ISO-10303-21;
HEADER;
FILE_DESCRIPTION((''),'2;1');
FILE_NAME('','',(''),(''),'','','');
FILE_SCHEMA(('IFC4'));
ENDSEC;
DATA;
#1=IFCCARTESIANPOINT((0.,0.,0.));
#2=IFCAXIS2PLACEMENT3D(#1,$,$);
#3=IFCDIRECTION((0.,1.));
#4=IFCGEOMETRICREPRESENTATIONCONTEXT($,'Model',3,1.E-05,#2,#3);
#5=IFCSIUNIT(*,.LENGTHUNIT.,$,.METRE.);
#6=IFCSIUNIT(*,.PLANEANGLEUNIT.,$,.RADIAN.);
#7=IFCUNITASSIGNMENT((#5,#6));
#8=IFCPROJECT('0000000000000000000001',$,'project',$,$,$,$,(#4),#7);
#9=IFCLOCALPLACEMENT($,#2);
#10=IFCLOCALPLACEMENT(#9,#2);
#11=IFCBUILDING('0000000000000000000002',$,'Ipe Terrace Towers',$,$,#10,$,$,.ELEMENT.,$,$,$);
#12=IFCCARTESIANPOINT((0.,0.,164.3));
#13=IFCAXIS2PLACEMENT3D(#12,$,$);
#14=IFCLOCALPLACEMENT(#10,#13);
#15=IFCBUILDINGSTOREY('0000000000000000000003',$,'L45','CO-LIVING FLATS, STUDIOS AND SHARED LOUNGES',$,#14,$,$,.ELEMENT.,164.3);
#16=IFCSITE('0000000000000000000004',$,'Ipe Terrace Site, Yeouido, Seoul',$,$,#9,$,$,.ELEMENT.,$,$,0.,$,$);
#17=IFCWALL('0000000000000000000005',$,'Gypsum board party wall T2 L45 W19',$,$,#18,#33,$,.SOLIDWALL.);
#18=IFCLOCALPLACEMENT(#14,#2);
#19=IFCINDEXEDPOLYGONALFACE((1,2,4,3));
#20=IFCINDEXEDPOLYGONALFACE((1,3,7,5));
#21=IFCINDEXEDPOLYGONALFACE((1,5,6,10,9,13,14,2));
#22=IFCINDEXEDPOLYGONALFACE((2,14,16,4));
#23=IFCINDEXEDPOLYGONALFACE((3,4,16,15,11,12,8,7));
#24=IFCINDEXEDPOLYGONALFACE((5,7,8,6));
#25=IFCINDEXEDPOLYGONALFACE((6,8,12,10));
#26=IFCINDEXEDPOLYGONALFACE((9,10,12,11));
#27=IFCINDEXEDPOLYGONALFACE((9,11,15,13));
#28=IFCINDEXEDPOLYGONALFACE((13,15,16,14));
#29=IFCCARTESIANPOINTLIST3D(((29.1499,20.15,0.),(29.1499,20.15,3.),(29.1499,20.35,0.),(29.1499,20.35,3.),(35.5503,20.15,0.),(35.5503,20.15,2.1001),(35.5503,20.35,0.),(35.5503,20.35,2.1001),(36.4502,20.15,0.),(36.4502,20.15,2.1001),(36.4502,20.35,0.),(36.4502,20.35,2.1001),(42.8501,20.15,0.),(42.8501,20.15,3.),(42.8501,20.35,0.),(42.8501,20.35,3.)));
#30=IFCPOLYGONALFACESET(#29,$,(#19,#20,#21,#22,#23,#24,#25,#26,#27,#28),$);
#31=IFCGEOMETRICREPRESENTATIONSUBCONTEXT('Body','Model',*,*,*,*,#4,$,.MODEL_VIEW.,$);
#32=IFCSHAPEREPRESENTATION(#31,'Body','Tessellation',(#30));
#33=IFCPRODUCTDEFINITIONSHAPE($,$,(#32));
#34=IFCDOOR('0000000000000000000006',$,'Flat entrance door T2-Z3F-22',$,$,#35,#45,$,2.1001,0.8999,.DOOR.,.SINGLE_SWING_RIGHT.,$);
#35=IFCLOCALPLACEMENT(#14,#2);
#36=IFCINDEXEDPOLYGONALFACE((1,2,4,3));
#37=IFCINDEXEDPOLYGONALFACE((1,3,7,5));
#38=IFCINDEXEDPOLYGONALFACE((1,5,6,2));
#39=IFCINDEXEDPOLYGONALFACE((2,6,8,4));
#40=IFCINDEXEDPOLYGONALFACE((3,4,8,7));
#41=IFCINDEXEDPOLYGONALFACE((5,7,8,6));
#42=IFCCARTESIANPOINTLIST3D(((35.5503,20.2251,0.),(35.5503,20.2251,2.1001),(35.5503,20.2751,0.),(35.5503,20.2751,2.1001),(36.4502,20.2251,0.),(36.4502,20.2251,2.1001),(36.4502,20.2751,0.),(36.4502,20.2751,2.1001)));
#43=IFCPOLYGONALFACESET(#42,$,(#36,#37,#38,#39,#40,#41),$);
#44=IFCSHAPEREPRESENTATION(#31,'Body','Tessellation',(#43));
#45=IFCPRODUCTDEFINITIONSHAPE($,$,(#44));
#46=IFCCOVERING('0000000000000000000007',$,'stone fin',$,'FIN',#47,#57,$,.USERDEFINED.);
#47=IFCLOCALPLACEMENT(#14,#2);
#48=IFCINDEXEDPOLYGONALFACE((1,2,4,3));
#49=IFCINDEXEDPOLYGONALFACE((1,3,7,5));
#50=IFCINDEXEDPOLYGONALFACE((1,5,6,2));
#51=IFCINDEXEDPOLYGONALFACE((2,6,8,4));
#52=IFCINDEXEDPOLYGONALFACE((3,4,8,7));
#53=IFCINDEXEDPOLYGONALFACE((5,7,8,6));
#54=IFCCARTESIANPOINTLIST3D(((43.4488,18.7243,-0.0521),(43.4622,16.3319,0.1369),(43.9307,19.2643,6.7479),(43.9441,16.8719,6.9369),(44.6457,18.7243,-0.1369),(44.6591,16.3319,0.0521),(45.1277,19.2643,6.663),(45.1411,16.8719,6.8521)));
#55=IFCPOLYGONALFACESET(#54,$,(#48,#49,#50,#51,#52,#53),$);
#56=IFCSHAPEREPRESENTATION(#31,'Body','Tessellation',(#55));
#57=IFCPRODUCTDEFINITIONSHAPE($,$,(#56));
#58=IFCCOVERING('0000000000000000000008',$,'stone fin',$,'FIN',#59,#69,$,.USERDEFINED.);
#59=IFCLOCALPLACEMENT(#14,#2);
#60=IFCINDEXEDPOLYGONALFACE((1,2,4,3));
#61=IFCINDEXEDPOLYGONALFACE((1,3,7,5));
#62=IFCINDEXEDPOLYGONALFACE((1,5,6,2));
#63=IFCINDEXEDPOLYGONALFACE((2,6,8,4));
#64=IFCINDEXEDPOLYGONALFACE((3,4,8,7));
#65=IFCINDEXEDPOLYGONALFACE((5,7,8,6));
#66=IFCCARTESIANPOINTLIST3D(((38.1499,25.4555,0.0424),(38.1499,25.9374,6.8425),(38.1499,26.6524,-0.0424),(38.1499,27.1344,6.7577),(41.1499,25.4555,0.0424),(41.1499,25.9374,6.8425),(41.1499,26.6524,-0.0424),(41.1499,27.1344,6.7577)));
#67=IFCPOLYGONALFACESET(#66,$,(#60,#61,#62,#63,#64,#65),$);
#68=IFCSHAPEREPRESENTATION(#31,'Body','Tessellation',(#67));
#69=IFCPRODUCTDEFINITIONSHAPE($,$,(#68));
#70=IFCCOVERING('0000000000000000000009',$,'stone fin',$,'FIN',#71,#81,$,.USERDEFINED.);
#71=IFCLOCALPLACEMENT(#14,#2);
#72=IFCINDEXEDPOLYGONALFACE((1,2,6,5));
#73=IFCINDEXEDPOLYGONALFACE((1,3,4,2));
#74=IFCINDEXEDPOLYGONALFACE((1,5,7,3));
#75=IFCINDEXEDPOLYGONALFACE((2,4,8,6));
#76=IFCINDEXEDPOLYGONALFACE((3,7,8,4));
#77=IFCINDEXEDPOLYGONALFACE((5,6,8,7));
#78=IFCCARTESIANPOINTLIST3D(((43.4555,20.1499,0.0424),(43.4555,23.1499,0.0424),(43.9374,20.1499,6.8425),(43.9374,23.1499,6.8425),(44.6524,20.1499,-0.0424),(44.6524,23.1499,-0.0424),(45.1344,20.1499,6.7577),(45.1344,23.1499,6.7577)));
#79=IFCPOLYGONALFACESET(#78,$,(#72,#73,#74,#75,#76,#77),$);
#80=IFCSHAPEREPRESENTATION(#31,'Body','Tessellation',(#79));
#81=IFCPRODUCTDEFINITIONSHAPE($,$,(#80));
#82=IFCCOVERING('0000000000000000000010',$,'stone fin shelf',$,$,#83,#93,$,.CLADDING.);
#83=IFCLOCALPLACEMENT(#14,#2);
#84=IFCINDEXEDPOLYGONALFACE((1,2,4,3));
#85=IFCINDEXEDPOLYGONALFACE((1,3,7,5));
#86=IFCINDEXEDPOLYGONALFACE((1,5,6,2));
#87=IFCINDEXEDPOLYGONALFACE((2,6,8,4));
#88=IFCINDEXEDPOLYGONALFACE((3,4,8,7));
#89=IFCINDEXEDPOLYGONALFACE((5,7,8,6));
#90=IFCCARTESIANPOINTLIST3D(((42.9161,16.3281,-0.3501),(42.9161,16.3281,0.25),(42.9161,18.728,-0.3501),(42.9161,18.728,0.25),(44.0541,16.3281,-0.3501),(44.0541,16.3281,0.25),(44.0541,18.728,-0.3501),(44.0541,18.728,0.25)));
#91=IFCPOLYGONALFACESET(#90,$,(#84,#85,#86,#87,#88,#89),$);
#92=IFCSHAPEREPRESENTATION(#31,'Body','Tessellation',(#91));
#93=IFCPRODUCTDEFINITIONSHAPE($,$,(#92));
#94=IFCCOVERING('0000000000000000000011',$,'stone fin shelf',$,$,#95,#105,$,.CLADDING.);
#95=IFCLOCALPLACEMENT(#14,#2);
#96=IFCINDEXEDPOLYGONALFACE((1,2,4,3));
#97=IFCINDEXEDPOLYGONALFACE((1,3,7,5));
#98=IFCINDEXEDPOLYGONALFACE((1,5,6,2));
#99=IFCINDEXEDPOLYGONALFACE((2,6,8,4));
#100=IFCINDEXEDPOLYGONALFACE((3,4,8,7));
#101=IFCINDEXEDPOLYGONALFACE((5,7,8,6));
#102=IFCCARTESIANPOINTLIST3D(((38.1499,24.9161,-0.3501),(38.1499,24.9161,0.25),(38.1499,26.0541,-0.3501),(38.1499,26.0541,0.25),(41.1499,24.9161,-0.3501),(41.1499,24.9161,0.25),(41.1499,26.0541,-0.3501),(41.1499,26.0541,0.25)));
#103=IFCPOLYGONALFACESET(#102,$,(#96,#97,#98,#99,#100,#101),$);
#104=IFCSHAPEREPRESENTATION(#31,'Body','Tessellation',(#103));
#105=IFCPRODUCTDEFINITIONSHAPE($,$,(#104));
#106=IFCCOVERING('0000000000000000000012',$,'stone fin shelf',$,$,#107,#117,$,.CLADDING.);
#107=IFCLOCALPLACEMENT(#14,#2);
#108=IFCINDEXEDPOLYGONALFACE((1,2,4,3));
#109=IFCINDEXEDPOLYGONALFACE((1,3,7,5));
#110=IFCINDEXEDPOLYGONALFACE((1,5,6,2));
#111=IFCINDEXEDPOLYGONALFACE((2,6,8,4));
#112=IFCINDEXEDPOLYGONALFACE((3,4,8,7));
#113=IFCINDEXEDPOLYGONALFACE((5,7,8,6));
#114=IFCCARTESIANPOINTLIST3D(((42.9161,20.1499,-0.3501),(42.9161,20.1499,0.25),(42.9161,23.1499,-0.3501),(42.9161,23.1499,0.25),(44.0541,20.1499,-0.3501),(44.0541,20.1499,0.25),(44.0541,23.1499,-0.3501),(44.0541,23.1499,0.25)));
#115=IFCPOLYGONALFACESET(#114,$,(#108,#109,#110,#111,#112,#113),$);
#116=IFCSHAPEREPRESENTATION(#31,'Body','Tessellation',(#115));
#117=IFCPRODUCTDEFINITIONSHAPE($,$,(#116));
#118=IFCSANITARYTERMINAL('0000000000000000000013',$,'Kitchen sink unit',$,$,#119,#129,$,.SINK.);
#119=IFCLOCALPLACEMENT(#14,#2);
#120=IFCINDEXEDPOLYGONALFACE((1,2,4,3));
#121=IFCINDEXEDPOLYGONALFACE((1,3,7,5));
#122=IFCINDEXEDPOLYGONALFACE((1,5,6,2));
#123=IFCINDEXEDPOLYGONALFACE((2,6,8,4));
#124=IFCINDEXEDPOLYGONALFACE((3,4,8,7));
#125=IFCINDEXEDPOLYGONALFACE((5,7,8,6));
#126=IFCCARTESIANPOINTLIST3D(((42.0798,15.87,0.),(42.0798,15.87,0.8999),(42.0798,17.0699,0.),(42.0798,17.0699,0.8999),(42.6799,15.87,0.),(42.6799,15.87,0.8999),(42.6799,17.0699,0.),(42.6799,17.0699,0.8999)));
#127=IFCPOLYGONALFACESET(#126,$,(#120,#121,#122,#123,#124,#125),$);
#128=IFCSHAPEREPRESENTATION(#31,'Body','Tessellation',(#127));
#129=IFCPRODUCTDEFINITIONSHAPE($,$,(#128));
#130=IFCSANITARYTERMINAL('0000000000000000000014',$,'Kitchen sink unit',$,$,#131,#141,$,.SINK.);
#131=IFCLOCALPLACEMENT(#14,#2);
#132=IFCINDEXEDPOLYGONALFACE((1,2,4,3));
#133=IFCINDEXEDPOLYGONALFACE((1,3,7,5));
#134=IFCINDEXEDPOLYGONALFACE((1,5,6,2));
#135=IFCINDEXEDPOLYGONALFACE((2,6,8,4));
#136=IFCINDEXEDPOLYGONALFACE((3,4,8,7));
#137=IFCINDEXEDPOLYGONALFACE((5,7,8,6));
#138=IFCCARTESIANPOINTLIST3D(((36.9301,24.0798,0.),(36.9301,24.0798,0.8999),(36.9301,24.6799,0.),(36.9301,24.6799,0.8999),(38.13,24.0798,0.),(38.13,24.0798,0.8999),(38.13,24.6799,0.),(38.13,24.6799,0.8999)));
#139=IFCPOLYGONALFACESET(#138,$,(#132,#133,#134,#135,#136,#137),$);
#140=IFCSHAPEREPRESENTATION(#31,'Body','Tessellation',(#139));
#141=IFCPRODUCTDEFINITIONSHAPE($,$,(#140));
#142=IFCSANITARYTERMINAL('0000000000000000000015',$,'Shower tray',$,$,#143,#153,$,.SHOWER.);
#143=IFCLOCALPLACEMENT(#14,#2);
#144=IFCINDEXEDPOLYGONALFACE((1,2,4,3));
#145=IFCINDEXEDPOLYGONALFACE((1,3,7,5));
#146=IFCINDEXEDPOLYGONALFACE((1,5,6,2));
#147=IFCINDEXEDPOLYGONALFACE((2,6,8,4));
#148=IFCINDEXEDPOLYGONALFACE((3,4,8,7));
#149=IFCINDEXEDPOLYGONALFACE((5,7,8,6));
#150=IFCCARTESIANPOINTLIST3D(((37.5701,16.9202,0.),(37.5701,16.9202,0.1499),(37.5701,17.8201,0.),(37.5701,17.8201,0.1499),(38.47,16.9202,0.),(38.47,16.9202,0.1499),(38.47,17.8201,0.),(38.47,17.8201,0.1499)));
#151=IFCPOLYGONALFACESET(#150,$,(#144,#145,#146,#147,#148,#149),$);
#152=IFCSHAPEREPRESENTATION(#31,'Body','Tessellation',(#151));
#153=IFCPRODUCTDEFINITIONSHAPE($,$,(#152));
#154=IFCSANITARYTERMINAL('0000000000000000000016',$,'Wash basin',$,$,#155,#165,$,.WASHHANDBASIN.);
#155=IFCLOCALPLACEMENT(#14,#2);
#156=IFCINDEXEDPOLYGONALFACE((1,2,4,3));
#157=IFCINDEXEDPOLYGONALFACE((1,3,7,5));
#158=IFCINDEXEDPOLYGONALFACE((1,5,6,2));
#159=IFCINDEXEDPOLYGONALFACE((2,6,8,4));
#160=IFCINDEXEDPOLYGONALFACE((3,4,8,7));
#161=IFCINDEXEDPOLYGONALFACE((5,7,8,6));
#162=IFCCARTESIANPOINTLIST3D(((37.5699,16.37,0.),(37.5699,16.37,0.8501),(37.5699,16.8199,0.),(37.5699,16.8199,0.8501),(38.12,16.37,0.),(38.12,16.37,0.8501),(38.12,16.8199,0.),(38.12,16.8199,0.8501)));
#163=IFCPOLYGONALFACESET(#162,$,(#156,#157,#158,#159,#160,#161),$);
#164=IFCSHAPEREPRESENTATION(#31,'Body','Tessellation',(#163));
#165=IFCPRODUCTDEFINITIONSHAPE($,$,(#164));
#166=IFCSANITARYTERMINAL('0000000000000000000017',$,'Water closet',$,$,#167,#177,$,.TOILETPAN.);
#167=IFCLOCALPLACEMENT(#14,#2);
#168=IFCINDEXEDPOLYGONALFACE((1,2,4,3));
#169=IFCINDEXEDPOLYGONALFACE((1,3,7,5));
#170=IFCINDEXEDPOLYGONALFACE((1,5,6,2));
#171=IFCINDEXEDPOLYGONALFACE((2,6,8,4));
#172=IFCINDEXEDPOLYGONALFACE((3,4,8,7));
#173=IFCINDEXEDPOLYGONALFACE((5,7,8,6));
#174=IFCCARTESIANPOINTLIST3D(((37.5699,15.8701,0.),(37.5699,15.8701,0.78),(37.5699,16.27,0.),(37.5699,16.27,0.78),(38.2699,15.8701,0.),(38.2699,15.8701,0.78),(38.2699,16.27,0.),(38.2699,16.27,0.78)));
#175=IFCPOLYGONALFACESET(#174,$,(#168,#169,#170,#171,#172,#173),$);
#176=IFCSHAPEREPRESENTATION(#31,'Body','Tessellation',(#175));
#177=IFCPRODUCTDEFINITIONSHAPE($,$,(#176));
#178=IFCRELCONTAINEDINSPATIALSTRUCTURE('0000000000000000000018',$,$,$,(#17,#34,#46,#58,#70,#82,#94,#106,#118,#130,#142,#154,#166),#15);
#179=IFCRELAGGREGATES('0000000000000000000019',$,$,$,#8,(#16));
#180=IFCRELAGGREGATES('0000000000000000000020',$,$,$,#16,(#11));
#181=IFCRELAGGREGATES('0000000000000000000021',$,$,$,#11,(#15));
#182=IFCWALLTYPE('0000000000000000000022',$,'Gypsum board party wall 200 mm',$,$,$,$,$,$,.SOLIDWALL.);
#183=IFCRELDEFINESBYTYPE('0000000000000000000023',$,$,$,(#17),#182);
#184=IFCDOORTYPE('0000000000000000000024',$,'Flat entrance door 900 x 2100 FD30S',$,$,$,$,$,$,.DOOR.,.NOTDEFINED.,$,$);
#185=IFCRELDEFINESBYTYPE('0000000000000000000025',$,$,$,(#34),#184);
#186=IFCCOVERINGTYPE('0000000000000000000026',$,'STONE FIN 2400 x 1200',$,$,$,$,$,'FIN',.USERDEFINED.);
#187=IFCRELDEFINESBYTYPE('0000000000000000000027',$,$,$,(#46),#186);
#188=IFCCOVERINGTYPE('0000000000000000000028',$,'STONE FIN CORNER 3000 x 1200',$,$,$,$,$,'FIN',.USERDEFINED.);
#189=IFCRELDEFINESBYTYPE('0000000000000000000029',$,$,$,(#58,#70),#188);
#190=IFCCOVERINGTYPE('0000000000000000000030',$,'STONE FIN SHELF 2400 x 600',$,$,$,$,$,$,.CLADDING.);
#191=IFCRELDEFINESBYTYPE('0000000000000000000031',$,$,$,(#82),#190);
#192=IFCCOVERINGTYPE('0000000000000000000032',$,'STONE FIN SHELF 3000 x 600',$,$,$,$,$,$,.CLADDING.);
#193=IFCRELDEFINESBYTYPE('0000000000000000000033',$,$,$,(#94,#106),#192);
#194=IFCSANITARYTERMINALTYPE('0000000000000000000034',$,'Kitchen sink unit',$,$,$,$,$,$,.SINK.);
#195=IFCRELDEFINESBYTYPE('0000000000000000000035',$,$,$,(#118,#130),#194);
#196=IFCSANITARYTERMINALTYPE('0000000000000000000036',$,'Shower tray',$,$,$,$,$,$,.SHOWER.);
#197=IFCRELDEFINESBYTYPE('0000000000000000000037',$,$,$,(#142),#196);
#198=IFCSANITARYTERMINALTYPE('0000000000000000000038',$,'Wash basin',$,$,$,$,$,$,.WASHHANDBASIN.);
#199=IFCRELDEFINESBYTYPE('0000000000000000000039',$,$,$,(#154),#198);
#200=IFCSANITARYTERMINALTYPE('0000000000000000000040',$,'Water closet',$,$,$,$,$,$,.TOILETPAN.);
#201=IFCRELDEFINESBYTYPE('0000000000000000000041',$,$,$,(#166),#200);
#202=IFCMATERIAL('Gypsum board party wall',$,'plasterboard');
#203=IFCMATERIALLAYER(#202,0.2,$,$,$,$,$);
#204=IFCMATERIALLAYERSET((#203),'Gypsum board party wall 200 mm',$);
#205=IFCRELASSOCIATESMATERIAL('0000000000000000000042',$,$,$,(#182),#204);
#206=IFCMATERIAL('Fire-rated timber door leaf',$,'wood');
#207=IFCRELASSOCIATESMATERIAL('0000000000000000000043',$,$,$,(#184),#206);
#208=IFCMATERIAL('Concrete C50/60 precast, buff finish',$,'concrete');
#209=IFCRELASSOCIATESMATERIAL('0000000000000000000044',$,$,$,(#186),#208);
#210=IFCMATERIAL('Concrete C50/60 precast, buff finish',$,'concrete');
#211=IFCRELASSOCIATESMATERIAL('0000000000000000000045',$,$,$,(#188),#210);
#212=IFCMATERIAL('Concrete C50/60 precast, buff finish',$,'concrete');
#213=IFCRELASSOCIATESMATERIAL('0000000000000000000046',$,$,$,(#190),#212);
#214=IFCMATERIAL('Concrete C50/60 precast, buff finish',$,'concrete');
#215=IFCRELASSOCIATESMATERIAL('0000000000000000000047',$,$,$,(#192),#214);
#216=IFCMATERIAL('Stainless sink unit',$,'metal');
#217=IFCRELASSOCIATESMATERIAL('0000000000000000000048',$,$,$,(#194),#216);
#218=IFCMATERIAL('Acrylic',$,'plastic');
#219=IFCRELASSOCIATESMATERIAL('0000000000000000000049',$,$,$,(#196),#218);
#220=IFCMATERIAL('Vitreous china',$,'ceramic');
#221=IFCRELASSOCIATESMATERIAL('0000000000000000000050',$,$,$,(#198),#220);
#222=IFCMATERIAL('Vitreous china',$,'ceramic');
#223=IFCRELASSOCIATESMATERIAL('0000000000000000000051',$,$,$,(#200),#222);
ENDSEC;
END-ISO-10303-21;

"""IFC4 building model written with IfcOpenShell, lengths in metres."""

from ifc_helpers import new_model, si_unit, direction, frame, frame_2d, origin, origin_2d, place, context, subcontext, project, spatial, rectangle, extrude, material, layer, layer_set, material_profile, profile_set, type_object, element, fill, save


model = new_model("IFC4")

# Units and contexts
model_context = context("Model", 3, precision=1e-05, world=origin(), true_north=direction((0.0, 1.0)))
body_context = subcontext(model_context, "Body", "Model", "MODEL_VIEW")
ifc_project = project(units=[si_unit("LENGTHUNIT", "METRE"), si_unit("PLANEANGLEUNIT", "RADIAN")], contexts=[model_context])

# Site, building, storey
site_placement = place(None, origin())
site = spatial("IfcSite", under=ifc_project, at=site_placement, Name="Ipe Terrace Site, Yeouido, Seoul", CompositionType="ELEMENT", RefElevation=0.0)
building_placement = place(site_placement, origin())
building = spatial("IfcBuilding", under=site, at=building_placement, Name="Ipe Terrace Towers", CompositionType="ELEMENT")
storey_placement = place(building_placement, frame((0.0, 0.0, 164.3)))
storey = spatial("IfcBuildingStorey", under=building, at=storey_placement, Name="L45", Description="CO-LIVING FLATS, STUDIOS AND SHARED LOUNGES", CompositionType="ELEMENT", Elevation=164.3)

# Wall, opening, door
ifc_material_1 = material(Name="Gypsum board party wall", Category="plasterboard")
ifc_layer_1 = layer(ifc_material_1, 0.2)
ifc_layer_set_1 = layer_set([ifc_layer_1], Name="Gypsum board party wall 200 mm")
wall_type_1 = type_object("IfcWallType", Name="Gypsum board party wall 200 mm", PredefinedType="SOLIDWALL", material=ifc_layer_set_1)
wall_1_placement = place(storey_placement, frame((42.8501, 20.25, 0.0), z_axis=(0.0, 0.0, 1.0), x_axis=(-1.0, 0.0, 0.0)))
wall_1 = element("IfcWall", 1, at=wall_1_placement, inside=storey, type_object=wall_type_1, Name="Gypsum board party wall T2 L45 W19", PredefinedType="SOLIDWALL", context=body_context, shape_type="SweptSolid", body=[
    extrude(rectangle(XDim=13.7002, YDim=0.2, at=frame_2d((6.8501, 0.0))), origin(), (0.0, 0.0, 1.0), 3.0),
])
opening_1_placement = place(wall_1_placement, frame((6.3999, 0.0, 0.0)))
opening_1 = element("IfcOpeningElement", 2, at=opening_1_placement, cuts=wall_1, PredefinedType="OPENING", context=body_context, shape_type="SweptSolid", body=[
    extrude(rectangle(XDim=0.8999, YDim=2.1001, at=frame_2d((0.45, 1.05))), frame((0.0, 0.1099, 0.0), z_axis=(0.0, -1.0, 0.0), x_axis=(1.0, 0.0, 0.0)), (0.0, 0.0, 1.0), 0.22),
])
ifc_material_2 = material(Name="Fire-rated timber door leaf", Category="wood")
door_type_1 = type_object("IfcDoorType", Name="Flat entrance door 900 x 2100 FD30S", OperationType="NOTDEFINED", PredefinedType="DOOR", material=ifc_material_2)
door_1_placement = place(opening_1_placement, origin())
door_1 = element("IfcDoor", 3, at=door_1_placement, inside=storey, type_object=door_type_1, Name="Flat entrance door T2-Z3F-22", OperationType="SINGLE_SWING_RIGHT", OverallHeight=2.1001, OverallWidth=0.8999, PredefinedType="DOOR", context=body_context, shape_type="SweptSolid", body=[
    extrude(rectangle(XDim=0.8999, YDim=2.1001, at=frame_2d((0.45, 1.05))), frame((0.0, 0.0249, 0.0), z_axis=(0.0, -1.0, 0.0), x_axis=(1.0, 0.0, 0.0)), (0.0, 0.0, 1.0), 0.05),
])
fill(opening_1, door_1)

# Coverings
ifc_material_3 = material(Name="Concrete C50/60 precast, buff finish", Category="concrete")
ifc_material_profile_1 = material_profile(ifc_material_3, rectangle(XDim=2.3999, YDim=1.2, at=origin_2d()), Name="STONE FIN 2400 x 1200")
ifc_profile_set_1 = profile_set([ifc_material_profile_1], Name="Concrete C50/60 precast, buff finish")
covering_type_1 = type_object("IfcCoveringType", Name="STONE FIN 2400 x 1200", ElementType="FIN", PredefinedType="USERDEFINED", material=ifc_profile_set_1)
covering_1_placement = place(storey_placement, frame((44.054, 17.5281, 0.0), z_axis=(0.070474, 0.078971, 0.994383), x_axis=(-0.005583, 0.996877, -0.078773)))
element("IfcCovering", 4, at=covering_1_placement, inside=storey, type_object=covering_type_1, Name="stone fin", ObjectType="FIN", PredefinedType="USERDEFINED", context=body_context, shape_type="SweptSolid", body=[
    extrude(rectangle(XDim=2.3999, YDim=1.2, at=origin_2d()), origin(), (0.0, 0.0, 1.0), 6.8384),
])
ifc_material_4 = material(Name="Concrete C50/60 precast, buff finish", Category="concrete")
ifc_material_profile_2 = material_profile(ifc_material_4, rectangle(XDim=3.0, YDim=1.2, at=origin_2d()), Name="STONE FIN CORNER 3000 x 1200")
ifc_profile_set_2 = profile_set([ifc_material_profile_2], Name="Concrete C50/60 precast, buff finish")
covering_type_2 = type_object("IfcCoveringType", Name="STONE FIN CORNER 3000 x 1200", ElementType="FIN", PredefinedType="USERDEFINED", material=ifc_profile_set_2)
for number, where, z_axis, x_axis, name in (
    (5, (39.6499, 26.054, 0.0), (0.0, 0.070695, 0.997498), (-1.0, 0.0, 0.0), "stone fin"),
    (6, (44.054, 21.6499, 0.0), (0.070695, 0.0, 0.997498), (0.0, 1.0, 0.0), "stone fin"),
):
    element("IfcCovering", number, at=place(storey_placement, frame(where, z_axis=z_axis, x_axis=x_axis)), inside=storey, type_object=covering_type_2, Name=name, ObjectType="FIN", PredefinedType="USERDEFINED", context=body_context, shape_type="SweptSolid", body=[
        extrude(rectangle(XDim=3.0, YDim=1.2, at=origin_2d()), origin(), (0.0, 0.0, 1.0), 6.8171),
    ])
ifc_material_5 = material(Name="Concrete C50/60 precast, buff finish", Category="concrete")
covering_type_3 = type_object("IfcCoveringType", Name="STONE FIN SHELF 2400 x 600", PredefinedType="CLADDING", material=ifc_material_5)
covering_2_placement = place(storey_placement, frame((43.4851, 17.5281, -0.3501), z_axis=(0.0, 0.0, 1.0), x_axis=(0.0, 1.0, 0.0)))
element("IfcCovering", 7, at=covering_2_placement, inside=storey, type_object=covering_type_3, Name="stone fin shelf", PredefinedType="CLADDING", context=body_context, shape_type="SweptSolid", body=[
    extrude(rectangle(XDim=2.3999, YDim=1.1379, at=origin_2d()), origin(), (0.0, 0.0, 1.0), 0.6001),
])
ifc_material_6 = material(Name="Concrete C50/60 precast, buff finish", Category="concrete")
covering_type_4 = type_object("IfcCoveringType", Name="STONE FIN SHELF 3000 x 600", PredefinedType="CLADDING", material=ifc_material_6)
for number, where, z_axis, x_axis, name in (
    (8, (39.6499, 25.4851, -0.3501), (0.0, 0.0, 1.0), (-1.0, 0.0, 0.0), "stone fin shelf"),
    (9, (43.4851, 21.6499, -0.3501), (0.0, 0.0, 1.0), (0.0, 1.0, 0.0), "stone fin shelf"),
):
    element("IfcCovering", number, at=place(storey_placement, frame(where, z_axis=z_axis, x_axis=x_axis)), inside=storey, type_object=covering_type_4, Name=name, PredefinedType="CLADDING", context=body_context, shape_type="SweptSolid", body=[
        extrude(rectangle(XDim=3.0, YDim=1.1379, at=origin_2d()), origin(), (0.0, 0.0, 1.0), 0.6001),
    ])

# Sanitary terminals
ifc_material_7 = material(Name="Stainless sink unit", Category="metal")
sanitary_terminal_type_1 = type_object("IfcSanitaryTerminalType", Name="Kitchen sink unit", PredefinedType="SINK", material=ifc_material_7)
for number, where, z_axis, x_axis, name in (
    (10, (42.3799, 16.47, 0.0), (0.0, 0.0, 1.0), (0.0, -1.0, 0.0), "Kitchen sink unit"),
    (11, (37.53, 24.3799, 0.0), (0.0, 0.0, 1.0), (1.0, 0.0, 0.0), "Kitchen sink unit"),
):
    element("IfcSanitaryTerminal", number, at=place(storey_placement, frame(where, z_axis=z_axis, x_axis=x_axis)), inside=storey, type_object=sanitary_terminal_type_1, Name=name, PredefinedType="SINK", context=body_context, shape_type="SweptSolid", body=[
        extrude(rectangle(XDim=1.2, YDim=0.6001, at=origin_2d()), origin(), (0.0, 0.0, 1.0), 0.8999),
    ])
ifc_material_8 = material(Name="Acrylic", Category="plastic")
sanitary_terminal_type_2 = type_object("IfcSanitaryTerminalType", Name="Shower tray", PredefinedType="SHOWER", material=ifc_material_8)
sanitary_terminal_1_placement = place(storey_placement, frame((38.02, 17.3701, 0.0), z_axis=(0.0, 0.0, 1.0), x_axis=(1.0, 0.0, 0.0)))
element("IfcSanitaryTerminal", 12, at=sanitary_terminal_1_placement, inside=storey, type_object=sanitary_terminal_type_2, Name="Shower tray", PredefinedType="SHOWER", context=body_context, shape_type="SweptSolid", body=[
    extrude(rectangle(XDim=0.8999, YDim=0.8999, at=origin_2d()), origin(), (0.0, 0.0, 1.0), 0.1499),
])
ifc_material_9 = material(Name="Vitreous china", Category="ceramic")
sanitary_terminal_type_3 = type_object("IfcSanitaryTerminalType", Name="Wash basin", PredefinedType="WASHHANDBASIN", material=ifc_material_9)
sanitary_terminal_2_placement = place(storey_placement, frame((37.845, 16.595, 0.0), z_axis=(0.0, 0.0, 1.0), x_axis=(1.0, 0.0, 0.0)))
element("IfcSanitaryTerminal", 13, at=sanitary_terminal_2_placement, inside=storey, type_object=sanitary_terminal_type_3, Name="Wash basin", PredefinedType="WASHHANDBASIN", context=body_context, shape_type="SweptSolid", body=[
    extrude(rectangle(XDim=0.55, YDim=0.45, at=origin_2d()), origin(), (0.0, 0.0, 1.0), 0.8501),
])
ifc_material_10 = material(Name="Vitreous china", Category="ceramic")
sanitary_terminal_type_4 = type_object("IfcSanitaryTerminalType", Name="Water closet", PredefinedType="TOILETPAN", material=ifc_material_10)
sanitary_terminal_3_placement = place(storey_placement, frame((37.9199, 16.0701, 0.0), z_axis=(0.0, 0.0, 1.0), x_axis=(1.0, 0.0, 0.0)))
element("IfcSanitaryTerminal", 14, at=sanitary_terminal_3_placement, inside=storey, type_object=sanitary_terminal_type_4, Name="Water closet", PredefinedType="TOILETPAN", context=body_context, shape_type="SweptSolid", body=[
    extrude(rectangle(XDim=0.7, YDim=0.3999, at=origin_2d()), origin(), (0.0, 0.0, 1.0), 0.78),
])

save(model, "model.ifc")
